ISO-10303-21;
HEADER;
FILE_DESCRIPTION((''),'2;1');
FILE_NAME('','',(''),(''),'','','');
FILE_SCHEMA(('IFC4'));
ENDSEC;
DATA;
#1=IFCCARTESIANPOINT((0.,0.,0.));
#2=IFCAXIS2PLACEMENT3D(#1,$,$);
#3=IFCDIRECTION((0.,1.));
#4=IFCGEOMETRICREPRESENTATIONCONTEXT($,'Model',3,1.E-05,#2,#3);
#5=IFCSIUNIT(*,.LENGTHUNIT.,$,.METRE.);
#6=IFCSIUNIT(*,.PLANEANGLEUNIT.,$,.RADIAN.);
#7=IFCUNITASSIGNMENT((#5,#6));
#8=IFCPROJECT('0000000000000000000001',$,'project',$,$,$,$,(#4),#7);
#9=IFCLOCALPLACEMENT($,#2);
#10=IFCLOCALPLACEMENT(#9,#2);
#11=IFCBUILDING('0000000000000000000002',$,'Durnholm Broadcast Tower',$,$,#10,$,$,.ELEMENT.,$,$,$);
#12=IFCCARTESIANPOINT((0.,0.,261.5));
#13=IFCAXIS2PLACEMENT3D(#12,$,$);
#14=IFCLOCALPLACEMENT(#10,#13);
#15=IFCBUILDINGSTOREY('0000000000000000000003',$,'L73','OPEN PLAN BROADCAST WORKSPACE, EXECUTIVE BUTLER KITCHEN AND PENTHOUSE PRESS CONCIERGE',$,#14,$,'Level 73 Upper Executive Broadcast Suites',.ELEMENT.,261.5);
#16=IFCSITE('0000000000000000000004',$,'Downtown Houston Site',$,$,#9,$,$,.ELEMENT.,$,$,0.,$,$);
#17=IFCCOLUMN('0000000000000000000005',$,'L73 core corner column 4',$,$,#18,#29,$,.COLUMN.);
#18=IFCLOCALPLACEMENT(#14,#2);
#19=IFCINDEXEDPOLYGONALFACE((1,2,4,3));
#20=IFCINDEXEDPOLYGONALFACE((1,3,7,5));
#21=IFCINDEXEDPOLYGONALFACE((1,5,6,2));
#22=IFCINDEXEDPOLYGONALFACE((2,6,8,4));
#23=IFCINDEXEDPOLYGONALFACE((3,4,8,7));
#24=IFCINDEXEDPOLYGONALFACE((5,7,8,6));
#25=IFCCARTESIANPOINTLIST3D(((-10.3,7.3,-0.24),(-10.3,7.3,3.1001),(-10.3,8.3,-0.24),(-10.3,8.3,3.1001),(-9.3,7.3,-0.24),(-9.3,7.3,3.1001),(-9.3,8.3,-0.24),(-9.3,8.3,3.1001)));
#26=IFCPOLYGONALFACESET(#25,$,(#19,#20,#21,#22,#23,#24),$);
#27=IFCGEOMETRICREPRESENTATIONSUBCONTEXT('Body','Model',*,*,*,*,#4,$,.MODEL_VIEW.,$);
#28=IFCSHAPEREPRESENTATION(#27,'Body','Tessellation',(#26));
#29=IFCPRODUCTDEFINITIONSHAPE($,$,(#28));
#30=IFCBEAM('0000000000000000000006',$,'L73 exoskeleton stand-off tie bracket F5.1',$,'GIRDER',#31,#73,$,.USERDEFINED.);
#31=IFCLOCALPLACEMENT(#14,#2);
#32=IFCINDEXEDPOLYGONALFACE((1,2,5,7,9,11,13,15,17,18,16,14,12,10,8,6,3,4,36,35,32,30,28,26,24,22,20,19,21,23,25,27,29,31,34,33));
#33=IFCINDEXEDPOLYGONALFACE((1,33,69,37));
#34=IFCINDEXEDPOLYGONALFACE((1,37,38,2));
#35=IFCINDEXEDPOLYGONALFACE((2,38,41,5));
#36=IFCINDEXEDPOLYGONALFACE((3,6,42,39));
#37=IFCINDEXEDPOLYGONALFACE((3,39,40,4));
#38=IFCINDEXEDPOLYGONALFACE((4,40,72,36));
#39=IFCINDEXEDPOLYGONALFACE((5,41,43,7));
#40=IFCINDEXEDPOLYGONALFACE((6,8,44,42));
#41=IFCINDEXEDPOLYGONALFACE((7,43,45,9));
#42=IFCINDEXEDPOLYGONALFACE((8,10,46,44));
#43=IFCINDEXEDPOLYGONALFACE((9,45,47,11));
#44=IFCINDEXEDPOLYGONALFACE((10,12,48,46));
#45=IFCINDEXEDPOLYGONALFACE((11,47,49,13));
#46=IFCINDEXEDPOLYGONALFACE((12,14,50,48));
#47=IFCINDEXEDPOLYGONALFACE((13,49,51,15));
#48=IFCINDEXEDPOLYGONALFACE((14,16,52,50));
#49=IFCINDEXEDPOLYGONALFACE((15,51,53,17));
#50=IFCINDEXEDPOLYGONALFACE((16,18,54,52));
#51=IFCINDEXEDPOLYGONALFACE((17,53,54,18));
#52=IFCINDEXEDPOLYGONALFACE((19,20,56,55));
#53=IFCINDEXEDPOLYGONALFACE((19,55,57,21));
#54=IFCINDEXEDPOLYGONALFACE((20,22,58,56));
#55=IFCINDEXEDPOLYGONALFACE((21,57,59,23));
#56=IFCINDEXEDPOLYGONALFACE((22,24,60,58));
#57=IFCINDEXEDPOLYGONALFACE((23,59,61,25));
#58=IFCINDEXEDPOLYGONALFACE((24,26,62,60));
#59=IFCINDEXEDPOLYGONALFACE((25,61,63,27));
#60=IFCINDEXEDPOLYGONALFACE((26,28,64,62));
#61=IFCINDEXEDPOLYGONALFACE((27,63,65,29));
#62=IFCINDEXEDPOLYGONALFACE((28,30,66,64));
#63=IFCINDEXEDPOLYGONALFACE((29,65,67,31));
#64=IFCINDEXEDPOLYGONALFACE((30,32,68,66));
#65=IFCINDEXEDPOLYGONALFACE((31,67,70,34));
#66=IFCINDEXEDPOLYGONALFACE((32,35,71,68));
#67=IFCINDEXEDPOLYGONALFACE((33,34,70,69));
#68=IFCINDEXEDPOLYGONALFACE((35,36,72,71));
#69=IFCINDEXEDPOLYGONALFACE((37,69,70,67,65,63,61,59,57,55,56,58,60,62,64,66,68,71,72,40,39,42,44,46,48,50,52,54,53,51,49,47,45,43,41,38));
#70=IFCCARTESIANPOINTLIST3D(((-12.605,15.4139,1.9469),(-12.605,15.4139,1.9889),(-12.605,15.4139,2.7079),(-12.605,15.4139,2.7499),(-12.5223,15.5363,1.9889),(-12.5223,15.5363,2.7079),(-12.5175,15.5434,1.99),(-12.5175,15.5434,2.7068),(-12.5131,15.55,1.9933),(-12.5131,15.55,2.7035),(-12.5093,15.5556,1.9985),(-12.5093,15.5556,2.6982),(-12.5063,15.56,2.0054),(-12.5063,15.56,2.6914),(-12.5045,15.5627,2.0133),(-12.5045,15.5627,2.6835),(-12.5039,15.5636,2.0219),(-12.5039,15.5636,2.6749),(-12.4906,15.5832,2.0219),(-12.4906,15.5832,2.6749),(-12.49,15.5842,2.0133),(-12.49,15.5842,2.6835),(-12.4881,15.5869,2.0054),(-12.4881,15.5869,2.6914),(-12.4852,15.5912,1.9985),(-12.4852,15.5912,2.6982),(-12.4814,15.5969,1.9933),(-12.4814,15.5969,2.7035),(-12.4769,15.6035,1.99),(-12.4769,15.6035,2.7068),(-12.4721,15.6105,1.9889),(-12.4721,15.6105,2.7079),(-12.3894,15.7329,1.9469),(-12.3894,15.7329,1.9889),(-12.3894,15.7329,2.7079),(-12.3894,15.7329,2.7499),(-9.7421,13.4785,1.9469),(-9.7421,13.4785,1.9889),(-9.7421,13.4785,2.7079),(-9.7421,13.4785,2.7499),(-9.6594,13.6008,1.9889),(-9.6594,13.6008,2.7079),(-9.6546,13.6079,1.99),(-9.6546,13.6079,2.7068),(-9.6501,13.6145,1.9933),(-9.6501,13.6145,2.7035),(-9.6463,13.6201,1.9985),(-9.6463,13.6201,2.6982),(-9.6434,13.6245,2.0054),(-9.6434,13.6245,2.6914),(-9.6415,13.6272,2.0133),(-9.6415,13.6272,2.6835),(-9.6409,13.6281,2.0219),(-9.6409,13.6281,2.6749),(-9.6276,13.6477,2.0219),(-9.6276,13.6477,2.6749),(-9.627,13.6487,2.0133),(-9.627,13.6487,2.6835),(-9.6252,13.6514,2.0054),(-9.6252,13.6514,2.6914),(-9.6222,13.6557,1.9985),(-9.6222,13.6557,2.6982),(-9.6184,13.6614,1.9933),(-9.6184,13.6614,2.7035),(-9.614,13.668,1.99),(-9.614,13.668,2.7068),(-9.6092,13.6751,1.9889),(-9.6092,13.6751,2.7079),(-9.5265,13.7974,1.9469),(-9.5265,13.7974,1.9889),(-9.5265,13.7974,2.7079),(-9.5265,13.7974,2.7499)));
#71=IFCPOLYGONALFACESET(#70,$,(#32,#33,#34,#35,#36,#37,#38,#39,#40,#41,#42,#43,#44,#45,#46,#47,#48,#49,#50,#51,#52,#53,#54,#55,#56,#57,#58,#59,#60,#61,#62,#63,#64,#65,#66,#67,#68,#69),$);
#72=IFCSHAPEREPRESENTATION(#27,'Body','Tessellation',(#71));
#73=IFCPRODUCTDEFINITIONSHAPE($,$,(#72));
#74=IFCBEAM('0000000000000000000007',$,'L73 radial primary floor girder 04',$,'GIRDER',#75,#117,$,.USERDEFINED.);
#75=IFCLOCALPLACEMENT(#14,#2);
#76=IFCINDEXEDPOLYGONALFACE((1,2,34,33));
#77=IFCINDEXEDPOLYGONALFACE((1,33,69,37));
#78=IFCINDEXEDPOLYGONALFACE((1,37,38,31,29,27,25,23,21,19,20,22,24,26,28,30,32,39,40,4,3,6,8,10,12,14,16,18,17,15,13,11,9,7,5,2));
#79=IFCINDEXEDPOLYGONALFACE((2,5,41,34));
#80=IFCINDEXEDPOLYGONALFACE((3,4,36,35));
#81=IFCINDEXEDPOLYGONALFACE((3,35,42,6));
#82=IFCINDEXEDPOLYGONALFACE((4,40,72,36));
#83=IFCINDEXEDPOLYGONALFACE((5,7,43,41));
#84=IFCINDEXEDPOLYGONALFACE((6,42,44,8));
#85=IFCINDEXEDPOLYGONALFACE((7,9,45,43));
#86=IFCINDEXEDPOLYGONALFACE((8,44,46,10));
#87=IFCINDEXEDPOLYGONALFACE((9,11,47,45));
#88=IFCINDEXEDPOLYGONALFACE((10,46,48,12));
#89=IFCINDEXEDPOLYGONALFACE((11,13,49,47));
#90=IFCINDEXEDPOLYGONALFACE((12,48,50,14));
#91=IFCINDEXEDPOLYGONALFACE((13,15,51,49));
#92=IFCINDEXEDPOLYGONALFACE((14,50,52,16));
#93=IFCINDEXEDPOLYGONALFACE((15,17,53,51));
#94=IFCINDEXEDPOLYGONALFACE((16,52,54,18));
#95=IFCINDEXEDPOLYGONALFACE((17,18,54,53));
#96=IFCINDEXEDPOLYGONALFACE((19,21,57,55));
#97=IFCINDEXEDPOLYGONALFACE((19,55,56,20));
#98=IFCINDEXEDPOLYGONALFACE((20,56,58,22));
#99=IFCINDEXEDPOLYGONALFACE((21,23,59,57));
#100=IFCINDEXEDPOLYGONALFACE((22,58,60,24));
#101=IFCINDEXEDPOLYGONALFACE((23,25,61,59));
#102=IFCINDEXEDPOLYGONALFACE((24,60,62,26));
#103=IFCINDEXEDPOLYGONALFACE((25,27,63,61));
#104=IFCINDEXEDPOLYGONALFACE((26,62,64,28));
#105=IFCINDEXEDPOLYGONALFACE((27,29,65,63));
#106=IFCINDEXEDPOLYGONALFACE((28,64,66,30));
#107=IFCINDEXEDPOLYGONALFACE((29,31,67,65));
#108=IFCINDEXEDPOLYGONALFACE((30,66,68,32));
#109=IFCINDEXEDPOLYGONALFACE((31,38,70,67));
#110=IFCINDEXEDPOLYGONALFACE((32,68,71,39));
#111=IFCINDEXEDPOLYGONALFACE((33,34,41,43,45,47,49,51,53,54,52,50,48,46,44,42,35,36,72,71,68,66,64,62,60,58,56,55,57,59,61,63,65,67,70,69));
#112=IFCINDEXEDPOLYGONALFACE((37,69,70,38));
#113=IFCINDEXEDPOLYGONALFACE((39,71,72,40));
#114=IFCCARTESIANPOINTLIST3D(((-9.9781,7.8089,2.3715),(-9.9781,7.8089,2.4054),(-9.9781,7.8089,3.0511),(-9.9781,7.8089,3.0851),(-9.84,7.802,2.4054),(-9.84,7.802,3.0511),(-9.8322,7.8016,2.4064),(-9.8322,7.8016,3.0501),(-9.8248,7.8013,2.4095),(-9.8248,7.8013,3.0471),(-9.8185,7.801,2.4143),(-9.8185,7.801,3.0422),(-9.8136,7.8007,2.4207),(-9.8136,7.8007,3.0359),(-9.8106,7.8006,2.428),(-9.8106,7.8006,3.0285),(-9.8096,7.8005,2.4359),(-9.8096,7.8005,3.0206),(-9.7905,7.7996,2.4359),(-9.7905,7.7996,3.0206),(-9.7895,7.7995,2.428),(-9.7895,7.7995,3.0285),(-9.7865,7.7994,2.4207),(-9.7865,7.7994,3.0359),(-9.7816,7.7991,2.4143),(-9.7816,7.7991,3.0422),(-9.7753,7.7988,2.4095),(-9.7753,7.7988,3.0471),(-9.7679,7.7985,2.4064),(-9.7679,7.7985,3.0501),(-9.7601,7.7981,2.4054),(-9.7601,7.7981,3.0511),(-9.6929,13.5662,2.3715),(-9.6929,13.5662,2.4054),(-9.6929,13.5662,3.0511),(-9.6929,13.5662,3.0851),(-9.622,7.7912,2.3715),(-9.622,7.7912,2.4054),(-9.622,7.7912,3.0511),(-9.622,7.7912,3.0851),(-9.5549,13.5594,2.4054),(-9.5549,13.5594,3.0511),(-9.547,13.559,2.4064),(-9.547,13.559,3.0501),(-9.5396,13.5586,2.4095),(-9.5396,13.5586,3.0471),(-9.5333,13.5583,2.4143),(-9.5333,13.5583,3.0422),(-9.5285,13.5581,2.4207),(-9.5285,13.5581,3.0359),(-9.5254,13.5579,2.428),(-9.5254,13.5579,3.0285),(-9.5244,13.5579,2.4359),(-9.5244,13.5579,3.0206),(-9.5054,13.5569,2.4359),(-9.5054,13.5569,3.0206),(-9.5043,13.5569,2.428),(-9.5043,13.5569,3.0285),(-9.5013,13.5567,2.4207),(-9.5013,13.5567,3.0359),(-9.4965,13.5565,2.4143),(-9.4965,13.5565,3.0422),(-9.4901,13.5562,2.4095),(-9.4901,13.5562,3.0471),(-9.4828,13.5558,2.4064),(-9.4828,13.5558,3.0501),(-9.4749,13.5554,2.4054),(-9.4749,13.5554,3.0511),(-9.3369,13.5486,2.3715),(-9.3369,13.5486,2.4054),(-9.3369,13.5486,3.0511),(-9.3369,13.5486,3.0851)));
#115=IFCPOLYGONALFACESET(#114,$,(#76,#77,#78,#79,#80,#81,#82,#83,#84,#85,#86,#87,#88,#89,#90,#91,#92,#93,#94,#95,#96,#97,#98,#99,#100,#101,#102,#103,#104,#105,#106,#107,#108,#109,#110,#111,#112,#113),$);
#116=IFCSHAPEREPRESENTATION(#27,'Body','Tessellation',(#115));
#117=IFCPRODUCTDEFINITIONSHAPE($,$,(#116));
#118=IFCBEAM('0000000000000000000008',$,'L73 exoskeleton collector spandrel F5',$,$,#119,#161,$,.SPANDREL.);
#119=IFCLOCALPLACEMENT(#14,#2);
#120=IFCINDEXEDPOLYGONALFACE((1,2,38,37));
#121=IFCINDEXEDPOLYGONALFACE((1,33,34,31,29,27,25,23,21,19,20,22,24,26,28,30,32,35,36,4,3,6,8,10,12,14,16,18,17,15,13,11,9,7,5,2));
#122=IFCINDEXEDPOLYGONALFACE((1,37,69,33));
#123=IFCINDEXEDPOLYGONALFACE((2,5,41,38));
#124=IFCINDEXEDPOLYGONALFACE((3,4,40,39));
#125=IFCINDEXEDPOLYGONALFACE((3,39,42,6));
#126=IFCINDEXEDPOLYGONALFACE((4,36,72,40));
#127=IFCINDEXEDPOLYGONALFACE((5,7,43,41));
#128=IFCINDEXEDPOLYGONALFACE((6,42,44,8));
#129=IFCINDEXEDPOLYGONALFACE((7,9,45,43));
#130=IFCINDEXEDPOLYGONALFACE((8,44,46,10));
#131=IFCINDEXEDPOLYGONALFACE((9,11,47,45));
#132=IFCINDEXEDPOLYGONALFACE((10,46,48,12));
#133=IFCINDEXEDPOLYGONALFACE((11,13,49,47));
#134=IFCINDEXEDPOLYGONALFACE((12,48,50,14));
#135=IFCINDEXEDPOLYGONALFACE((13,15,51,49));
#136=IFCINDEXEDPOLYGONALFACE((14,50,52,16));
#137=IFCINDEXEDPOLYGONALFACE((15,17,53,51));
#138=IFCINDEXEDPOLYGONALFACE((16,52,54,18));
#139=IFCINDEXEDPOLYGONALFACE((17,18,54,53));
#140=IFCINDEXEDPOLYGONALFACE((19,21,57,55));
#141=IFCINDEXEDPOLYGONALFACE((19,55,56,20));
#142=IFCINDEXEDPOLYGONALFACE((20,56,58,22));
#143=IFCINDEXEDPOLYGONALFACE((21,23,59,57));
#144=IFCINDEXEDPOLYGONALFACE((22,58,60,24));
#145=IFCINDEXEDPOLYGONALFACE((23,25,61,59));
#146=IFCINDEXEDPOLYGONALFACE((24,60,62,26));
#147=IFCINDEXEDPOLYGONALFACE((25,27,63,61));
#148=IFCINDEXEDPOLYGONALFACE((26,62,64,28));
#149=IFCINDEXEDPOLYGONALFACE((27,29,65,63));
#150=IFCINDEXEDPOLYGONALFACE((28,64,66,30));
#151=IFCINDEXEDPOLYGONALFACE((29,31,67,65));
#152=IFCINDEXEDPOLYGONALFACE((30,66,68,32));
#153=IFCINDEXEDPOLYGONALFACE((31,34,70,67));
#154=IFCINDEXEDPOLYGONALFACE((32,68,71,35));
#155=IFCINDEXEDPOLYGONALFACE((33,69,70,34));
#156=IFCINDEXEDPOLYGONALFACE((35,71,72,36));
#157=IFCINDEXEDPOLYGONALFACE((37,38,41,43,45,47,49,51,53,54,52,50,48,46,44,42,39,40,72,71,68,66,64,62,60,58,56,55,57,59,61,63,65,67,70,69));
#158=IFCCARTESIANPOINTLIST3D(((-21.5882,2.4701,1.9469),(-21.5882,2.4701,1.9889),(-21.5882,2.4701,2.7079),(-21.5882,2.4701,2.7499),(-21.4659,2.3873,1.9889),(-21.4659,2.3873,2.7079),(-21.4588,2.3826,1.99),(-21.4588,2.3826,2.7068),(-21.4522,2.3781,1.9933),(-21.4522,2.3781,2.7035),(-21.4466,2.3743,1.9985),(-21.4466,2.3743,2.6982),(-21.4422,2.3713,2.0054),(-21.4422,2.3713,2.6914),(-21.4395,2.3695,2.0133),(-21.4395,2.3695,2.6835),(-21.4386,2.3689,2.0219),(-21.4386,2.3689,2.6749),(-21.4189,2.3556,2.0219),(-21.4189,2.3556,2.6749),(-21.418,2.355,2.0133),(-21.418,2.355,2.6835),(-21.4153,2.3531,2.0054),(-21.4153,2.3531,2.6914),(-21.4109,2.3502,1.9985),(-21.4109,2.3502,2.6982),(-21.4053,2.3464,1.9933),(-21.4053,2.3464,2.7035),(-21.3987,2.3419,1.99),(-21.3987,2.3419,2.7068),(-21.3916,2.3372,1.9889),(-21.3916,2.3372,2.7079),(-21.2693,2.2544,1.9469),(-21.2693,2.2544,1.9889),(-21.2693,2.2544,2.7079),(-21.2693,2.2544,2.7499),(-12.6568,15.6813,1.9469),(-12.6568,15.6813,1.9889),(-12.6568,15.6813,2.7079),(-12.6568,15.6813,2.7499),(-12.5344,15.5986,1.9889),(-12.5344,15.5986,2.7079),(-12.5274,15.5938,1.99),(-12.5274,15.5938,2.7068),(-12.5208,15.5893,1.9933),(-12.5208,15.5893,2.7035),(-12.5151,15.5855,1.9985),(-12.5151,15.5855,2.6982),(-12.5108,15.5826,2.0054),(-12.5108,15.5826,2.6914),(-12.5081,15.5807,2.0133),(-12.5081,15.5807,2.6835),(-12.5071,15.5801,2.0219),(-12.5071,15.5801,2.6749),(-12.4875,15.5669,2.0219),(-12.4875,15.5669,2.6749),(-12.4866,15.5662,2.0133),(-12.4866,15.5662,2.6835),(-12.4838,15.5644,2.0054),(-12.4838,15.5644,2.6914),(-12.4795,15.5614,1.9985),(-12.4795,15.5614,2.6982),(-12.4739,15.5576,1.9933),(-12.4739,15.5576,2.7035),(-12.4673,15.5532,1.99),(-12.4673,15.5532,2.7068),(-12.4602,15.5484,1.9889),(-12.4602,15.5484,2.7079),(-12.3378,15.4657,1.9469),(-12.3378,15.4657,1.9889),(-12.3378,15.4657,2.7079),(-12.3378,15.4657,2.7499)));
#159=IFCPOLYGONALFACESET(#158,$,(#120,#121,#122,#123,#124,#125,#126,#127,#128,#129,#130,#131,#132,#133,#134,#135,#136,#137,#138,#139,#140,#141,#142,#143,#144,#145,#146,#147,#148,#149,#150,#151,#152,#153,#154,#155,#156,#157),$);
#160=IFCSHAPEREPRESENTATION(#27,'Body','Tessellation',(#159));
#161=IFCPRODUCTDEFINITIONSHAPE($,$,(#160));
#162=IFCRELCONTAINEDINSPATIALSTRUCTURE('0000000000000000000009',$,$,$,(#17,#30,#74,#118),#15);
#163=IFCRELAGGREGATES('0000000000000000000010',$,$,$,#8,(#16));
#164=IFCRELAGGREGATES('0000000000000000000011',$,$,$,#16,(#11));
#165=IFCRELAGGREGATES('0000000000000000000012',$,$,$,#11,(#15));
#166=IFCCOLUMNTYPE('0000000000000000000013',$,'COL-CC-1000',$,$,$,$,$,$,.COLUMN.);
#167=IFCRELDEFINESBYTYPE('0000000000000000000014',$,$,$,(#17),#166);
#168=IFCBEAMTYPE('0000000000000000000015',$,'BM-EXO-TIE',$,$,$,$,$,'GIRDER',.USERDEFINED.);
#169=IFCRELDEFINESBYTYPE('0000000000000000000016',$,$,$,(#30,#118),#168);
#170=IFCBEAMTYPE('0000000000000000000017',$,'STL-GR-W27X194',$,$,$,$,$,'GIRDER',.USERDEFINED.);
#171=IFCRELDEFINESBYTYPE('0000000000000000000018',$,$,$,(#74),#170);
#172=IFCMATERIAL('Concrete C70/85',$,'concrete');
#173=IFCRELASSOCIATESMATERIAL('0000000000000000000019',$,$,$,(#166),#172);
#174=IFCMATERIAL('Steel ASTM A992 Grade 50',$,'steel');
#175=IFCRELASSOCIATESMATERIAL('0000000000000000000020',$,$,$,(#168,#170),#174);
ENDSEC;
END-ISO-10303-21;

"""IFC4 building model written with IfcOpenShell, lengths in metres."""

from ifc_helpers import new_model, si_unit, direction, frame, origin, origin_2d, place, context, subcontext, project, spatial, rectangle, i_section, extrude, source, transform, mapped, material, material_profile, profile_set, type_object, type_shapes, element, save


model = new_model("IFC4")

# Units and contexts
model_context = context("Model", 3, precision=1e-05, world=origin(), true_north=direction((0.0, 1.0)))
body_context = subcontext(model_context, "Body", "Model", "MODEL_VIEW")
ifc_project = project(units=[si_unit("LENGTHUNIT", "METRE"), si_unit("PLANEANGLEUNIT", "RADIAN")], contexts=[model_context])

# Site, building, storey
site_placement = place(None, origin())
site = spatial("IfcSite", under=ifc_project, at=site_placement, Name="Downtown Houston Site", CompositionType="ELEMENT", RefElevation=0.0)
building_placement = place(site_placement, origin())
building = spatial("IfcBuilding", under=site, at=building_placement, Name="Durnholm Broadcast Tower", CompositionType="ELEMENT")
storey_placement = place(building_placement, frame((0.0, 0.0, 261.5)))
storey = spatial("IfcBuildingStorey", under=building, at=storey_placement, Name="L73", Description="OPEN PLAN BROADCAST WORKSPACE, EXECUTIVE BUTLER KITCHEN AND PENTHOUSE PRESS CONCIERGE", LongName="Level 73 Upper Executive Broadcast Suites", CompositionType="ELEMENT", Elevation=261.5)

# Column
ifc_material_1 = material(Name="Concrete C70/85", Category="concrete")
ifc_material_profile_1 = material_profile(ifc_material_1, rectangle(XDim=1.0, YDim=1.0, at=origin_2d()), Name="RC1000X1000")
ifc_profile_set_1 = profile_set([ifc_material_profile_1], Name="Concrete C70/85")
column_type = type_object("IfcColumnType", Name="COL-CC-1000", PredefinedType="COLUMN", material=ifc_profile_set_1)
shared_shape_1 = source(origin(), body_context, "Body", "SweptSolid", [
    extrude(rectangle(XDim=1.0, YDim=1.0, at=origin_2d()), origin(), (0.0, 0.0, 1.0), 3.3401),
])
type_shapes(column_type, [shared_shape_1])
column_placement = place(storey_placement, frame((-9.8, 7.8, -0.24), z_axis=(0.0, 0.0, 1.0), x_axis=(1.0, 0.0, 0.0)))
element("IfcColumn", 1, at=column_placement, inside=storey, type_object=column_type, Name="L73 core corner column 4", PredefinedType="COLUMN", context=body_context, shape_type="MappedRepresentation", body=[
    mapped(shared_shape_1, transform((0.0, 0.0, 0.0), x_axis=(1.0, 0.0, 0.0), y_axis=(0.0, 1.0, 0.0), z_axis=(0.0, 0.0, 1.0), scale=1.0)),
])

# Beams
ifc_material_2 = material(Name="Steel ASTM A992 Grade 50", Category="steel")
ifc_material_profile_2 = material_profile(ifc_material_2, i_section(OverallWidth=0.385, OverallDepth=0.803, WebThickness=0.0237, FlangeThickness=0.042, FilletRadius=0.033, at=origin_2d()), Name="W30X261")
ifc_profile_set_2 = profile_set([ifc_material_profile_2], Name="Steel ASTM A992 Grade 50")
beam_type_1 = type_object("IfcBeamType", Name="BM-EXO-TIE", ElementType="GIRDER", PredefinedType="USERDEFINED", material=ifc_profile_set_2)
shared_shape_2 = source(origin(), body_context, "Body", "SweptSolid", [
    extrude(i_section(OverallWidth=0.385, OverallDepth=0.803, WebThickness=0.0237, FlangeThickness=0.042, FilletRadius=0.033, at=origin_2d()), origin(), (0.0, 0.0, 1.0), 3.4558),
])
beam_1_placement = place(storey_placement, frame((-9.6343, 13.6379, 2.3484), z_axis=(-0.828446, 0.560068, 0.0), x_axis=(-0.560068, -0.828446, 0.0)))
element("IfcBeam", 2, at=beam_1_placement, inside=storey, type_object=beam_type_1, Name="L73 exoskeleton stand-off tie bracket F5.1", ObjectType="GIRDER", PredefinedType="USERDEFINED", context=body_context, shape_type="MappedRepresentation", body=[
    mapped(shared_shape_2, transform((0.0, 0.0, 0.0), x_axis=(1.0, 0.0, 0.0), y_axis=(0.0, 1.0, 0.0), z_axis=(0.0, 0.0, 1.0), scale=1.0)),
])
ifc_material_profile_3 = material_profile(ifc_material_2, i_section(OverallWidth=0.3564, OverallDepth=0.7136, WebThickness=0.019, FlangeThickness=0.0339, FilletRadius=0.0305, at=origin_2d()), Name="W27X194")
ifc_profile_set_3 = profile_set([ifc_material_profile_3], Name="Steel ASTM A992 Grade 50")
beam_type_2 = type_object("IfcBeamType", Name="STL-GR-W27X194", ElementType="GIRDER", PredefinedType="USERDEFINED", material=ifc_profile_set_3)
shared_shape_3 = source(origin(), body_context, "Body", "SweptSolid", [
    extrude(i_section(OverallWidth=0.3564, OverallDepth=0.7136, WebThickness=0.019, FlangeThickness=0.0339, FilletRadius=0.0305, at=origin_2d()), origin(), (0.0, 0.0, 1.0), 5.7644),
])
type_shapes(beam_type_2, [shared_shape_3])
beam_2_placement = place(storey_placement, frame((-9.8, 7.8, 2.7283), z_axis=(0.049469, 0.998776, 0.0), x_axis=(-0.998776, 0.049469, 0.0)))
element("IfcBeam", 3, at=beam_2_placement, inside=storey, type_object=beam_type_2, Name="L73 radial primary floor girder 04", ObjectType="GIRDER", PredefinedType="USERDEFINED", context=body_context, shape_type="MappedRepresentation", body=[
    mapped(shared_shape_3, transform((0.0, 0.0, 0.0), x_axis=(1.0, 0.0, 0.0), y_axis=(0.0, 1.0, 0.0), z_axis=(0.0, 0.0, 1.0), scale=1.0)),
])
shared_shape_4 = source(origin(), body_context, "Body", "SweptSolid", [
    extrude(i_section(OverallWidth=0.385, OverallDepth=0.803, WebThickness=0.0237, FlangeThickness=0.042, FilletRadius=0.033, at=origin_2d()), origin(), (0.0, 0.0, 1.0), 15.947),
])
type_shapes(beam_type_1, [shared_shape_2, shared_shape_4])
beam_3_placement = place(storey_placement, frame((-12.4973, 15.5735, 2.3484), z_axis=(-0.560069, -0.828446, 0.0), x_axis=(0.828446, -0.560069, 0.0)))
element("IfcBeam", 4, at=beam_3_placement, inside=storey, type_object=beam_type_1, Name="L73 exoskeleton collector spandrel F5", PredefinedType="SPANDREL", context=body_context, shape_type="MappedRepresentation", body=[
    mapped(shared_shape_4, transform((0.0, 0.0, 0.0), x_axis=(1.0, 0.0, 0.0), y_axis=(0.0, 1.0, 0.0), z_axis=(0.0, 0.0, 1.0), scale=1.0)),
])

save(model, "model.ifc")
